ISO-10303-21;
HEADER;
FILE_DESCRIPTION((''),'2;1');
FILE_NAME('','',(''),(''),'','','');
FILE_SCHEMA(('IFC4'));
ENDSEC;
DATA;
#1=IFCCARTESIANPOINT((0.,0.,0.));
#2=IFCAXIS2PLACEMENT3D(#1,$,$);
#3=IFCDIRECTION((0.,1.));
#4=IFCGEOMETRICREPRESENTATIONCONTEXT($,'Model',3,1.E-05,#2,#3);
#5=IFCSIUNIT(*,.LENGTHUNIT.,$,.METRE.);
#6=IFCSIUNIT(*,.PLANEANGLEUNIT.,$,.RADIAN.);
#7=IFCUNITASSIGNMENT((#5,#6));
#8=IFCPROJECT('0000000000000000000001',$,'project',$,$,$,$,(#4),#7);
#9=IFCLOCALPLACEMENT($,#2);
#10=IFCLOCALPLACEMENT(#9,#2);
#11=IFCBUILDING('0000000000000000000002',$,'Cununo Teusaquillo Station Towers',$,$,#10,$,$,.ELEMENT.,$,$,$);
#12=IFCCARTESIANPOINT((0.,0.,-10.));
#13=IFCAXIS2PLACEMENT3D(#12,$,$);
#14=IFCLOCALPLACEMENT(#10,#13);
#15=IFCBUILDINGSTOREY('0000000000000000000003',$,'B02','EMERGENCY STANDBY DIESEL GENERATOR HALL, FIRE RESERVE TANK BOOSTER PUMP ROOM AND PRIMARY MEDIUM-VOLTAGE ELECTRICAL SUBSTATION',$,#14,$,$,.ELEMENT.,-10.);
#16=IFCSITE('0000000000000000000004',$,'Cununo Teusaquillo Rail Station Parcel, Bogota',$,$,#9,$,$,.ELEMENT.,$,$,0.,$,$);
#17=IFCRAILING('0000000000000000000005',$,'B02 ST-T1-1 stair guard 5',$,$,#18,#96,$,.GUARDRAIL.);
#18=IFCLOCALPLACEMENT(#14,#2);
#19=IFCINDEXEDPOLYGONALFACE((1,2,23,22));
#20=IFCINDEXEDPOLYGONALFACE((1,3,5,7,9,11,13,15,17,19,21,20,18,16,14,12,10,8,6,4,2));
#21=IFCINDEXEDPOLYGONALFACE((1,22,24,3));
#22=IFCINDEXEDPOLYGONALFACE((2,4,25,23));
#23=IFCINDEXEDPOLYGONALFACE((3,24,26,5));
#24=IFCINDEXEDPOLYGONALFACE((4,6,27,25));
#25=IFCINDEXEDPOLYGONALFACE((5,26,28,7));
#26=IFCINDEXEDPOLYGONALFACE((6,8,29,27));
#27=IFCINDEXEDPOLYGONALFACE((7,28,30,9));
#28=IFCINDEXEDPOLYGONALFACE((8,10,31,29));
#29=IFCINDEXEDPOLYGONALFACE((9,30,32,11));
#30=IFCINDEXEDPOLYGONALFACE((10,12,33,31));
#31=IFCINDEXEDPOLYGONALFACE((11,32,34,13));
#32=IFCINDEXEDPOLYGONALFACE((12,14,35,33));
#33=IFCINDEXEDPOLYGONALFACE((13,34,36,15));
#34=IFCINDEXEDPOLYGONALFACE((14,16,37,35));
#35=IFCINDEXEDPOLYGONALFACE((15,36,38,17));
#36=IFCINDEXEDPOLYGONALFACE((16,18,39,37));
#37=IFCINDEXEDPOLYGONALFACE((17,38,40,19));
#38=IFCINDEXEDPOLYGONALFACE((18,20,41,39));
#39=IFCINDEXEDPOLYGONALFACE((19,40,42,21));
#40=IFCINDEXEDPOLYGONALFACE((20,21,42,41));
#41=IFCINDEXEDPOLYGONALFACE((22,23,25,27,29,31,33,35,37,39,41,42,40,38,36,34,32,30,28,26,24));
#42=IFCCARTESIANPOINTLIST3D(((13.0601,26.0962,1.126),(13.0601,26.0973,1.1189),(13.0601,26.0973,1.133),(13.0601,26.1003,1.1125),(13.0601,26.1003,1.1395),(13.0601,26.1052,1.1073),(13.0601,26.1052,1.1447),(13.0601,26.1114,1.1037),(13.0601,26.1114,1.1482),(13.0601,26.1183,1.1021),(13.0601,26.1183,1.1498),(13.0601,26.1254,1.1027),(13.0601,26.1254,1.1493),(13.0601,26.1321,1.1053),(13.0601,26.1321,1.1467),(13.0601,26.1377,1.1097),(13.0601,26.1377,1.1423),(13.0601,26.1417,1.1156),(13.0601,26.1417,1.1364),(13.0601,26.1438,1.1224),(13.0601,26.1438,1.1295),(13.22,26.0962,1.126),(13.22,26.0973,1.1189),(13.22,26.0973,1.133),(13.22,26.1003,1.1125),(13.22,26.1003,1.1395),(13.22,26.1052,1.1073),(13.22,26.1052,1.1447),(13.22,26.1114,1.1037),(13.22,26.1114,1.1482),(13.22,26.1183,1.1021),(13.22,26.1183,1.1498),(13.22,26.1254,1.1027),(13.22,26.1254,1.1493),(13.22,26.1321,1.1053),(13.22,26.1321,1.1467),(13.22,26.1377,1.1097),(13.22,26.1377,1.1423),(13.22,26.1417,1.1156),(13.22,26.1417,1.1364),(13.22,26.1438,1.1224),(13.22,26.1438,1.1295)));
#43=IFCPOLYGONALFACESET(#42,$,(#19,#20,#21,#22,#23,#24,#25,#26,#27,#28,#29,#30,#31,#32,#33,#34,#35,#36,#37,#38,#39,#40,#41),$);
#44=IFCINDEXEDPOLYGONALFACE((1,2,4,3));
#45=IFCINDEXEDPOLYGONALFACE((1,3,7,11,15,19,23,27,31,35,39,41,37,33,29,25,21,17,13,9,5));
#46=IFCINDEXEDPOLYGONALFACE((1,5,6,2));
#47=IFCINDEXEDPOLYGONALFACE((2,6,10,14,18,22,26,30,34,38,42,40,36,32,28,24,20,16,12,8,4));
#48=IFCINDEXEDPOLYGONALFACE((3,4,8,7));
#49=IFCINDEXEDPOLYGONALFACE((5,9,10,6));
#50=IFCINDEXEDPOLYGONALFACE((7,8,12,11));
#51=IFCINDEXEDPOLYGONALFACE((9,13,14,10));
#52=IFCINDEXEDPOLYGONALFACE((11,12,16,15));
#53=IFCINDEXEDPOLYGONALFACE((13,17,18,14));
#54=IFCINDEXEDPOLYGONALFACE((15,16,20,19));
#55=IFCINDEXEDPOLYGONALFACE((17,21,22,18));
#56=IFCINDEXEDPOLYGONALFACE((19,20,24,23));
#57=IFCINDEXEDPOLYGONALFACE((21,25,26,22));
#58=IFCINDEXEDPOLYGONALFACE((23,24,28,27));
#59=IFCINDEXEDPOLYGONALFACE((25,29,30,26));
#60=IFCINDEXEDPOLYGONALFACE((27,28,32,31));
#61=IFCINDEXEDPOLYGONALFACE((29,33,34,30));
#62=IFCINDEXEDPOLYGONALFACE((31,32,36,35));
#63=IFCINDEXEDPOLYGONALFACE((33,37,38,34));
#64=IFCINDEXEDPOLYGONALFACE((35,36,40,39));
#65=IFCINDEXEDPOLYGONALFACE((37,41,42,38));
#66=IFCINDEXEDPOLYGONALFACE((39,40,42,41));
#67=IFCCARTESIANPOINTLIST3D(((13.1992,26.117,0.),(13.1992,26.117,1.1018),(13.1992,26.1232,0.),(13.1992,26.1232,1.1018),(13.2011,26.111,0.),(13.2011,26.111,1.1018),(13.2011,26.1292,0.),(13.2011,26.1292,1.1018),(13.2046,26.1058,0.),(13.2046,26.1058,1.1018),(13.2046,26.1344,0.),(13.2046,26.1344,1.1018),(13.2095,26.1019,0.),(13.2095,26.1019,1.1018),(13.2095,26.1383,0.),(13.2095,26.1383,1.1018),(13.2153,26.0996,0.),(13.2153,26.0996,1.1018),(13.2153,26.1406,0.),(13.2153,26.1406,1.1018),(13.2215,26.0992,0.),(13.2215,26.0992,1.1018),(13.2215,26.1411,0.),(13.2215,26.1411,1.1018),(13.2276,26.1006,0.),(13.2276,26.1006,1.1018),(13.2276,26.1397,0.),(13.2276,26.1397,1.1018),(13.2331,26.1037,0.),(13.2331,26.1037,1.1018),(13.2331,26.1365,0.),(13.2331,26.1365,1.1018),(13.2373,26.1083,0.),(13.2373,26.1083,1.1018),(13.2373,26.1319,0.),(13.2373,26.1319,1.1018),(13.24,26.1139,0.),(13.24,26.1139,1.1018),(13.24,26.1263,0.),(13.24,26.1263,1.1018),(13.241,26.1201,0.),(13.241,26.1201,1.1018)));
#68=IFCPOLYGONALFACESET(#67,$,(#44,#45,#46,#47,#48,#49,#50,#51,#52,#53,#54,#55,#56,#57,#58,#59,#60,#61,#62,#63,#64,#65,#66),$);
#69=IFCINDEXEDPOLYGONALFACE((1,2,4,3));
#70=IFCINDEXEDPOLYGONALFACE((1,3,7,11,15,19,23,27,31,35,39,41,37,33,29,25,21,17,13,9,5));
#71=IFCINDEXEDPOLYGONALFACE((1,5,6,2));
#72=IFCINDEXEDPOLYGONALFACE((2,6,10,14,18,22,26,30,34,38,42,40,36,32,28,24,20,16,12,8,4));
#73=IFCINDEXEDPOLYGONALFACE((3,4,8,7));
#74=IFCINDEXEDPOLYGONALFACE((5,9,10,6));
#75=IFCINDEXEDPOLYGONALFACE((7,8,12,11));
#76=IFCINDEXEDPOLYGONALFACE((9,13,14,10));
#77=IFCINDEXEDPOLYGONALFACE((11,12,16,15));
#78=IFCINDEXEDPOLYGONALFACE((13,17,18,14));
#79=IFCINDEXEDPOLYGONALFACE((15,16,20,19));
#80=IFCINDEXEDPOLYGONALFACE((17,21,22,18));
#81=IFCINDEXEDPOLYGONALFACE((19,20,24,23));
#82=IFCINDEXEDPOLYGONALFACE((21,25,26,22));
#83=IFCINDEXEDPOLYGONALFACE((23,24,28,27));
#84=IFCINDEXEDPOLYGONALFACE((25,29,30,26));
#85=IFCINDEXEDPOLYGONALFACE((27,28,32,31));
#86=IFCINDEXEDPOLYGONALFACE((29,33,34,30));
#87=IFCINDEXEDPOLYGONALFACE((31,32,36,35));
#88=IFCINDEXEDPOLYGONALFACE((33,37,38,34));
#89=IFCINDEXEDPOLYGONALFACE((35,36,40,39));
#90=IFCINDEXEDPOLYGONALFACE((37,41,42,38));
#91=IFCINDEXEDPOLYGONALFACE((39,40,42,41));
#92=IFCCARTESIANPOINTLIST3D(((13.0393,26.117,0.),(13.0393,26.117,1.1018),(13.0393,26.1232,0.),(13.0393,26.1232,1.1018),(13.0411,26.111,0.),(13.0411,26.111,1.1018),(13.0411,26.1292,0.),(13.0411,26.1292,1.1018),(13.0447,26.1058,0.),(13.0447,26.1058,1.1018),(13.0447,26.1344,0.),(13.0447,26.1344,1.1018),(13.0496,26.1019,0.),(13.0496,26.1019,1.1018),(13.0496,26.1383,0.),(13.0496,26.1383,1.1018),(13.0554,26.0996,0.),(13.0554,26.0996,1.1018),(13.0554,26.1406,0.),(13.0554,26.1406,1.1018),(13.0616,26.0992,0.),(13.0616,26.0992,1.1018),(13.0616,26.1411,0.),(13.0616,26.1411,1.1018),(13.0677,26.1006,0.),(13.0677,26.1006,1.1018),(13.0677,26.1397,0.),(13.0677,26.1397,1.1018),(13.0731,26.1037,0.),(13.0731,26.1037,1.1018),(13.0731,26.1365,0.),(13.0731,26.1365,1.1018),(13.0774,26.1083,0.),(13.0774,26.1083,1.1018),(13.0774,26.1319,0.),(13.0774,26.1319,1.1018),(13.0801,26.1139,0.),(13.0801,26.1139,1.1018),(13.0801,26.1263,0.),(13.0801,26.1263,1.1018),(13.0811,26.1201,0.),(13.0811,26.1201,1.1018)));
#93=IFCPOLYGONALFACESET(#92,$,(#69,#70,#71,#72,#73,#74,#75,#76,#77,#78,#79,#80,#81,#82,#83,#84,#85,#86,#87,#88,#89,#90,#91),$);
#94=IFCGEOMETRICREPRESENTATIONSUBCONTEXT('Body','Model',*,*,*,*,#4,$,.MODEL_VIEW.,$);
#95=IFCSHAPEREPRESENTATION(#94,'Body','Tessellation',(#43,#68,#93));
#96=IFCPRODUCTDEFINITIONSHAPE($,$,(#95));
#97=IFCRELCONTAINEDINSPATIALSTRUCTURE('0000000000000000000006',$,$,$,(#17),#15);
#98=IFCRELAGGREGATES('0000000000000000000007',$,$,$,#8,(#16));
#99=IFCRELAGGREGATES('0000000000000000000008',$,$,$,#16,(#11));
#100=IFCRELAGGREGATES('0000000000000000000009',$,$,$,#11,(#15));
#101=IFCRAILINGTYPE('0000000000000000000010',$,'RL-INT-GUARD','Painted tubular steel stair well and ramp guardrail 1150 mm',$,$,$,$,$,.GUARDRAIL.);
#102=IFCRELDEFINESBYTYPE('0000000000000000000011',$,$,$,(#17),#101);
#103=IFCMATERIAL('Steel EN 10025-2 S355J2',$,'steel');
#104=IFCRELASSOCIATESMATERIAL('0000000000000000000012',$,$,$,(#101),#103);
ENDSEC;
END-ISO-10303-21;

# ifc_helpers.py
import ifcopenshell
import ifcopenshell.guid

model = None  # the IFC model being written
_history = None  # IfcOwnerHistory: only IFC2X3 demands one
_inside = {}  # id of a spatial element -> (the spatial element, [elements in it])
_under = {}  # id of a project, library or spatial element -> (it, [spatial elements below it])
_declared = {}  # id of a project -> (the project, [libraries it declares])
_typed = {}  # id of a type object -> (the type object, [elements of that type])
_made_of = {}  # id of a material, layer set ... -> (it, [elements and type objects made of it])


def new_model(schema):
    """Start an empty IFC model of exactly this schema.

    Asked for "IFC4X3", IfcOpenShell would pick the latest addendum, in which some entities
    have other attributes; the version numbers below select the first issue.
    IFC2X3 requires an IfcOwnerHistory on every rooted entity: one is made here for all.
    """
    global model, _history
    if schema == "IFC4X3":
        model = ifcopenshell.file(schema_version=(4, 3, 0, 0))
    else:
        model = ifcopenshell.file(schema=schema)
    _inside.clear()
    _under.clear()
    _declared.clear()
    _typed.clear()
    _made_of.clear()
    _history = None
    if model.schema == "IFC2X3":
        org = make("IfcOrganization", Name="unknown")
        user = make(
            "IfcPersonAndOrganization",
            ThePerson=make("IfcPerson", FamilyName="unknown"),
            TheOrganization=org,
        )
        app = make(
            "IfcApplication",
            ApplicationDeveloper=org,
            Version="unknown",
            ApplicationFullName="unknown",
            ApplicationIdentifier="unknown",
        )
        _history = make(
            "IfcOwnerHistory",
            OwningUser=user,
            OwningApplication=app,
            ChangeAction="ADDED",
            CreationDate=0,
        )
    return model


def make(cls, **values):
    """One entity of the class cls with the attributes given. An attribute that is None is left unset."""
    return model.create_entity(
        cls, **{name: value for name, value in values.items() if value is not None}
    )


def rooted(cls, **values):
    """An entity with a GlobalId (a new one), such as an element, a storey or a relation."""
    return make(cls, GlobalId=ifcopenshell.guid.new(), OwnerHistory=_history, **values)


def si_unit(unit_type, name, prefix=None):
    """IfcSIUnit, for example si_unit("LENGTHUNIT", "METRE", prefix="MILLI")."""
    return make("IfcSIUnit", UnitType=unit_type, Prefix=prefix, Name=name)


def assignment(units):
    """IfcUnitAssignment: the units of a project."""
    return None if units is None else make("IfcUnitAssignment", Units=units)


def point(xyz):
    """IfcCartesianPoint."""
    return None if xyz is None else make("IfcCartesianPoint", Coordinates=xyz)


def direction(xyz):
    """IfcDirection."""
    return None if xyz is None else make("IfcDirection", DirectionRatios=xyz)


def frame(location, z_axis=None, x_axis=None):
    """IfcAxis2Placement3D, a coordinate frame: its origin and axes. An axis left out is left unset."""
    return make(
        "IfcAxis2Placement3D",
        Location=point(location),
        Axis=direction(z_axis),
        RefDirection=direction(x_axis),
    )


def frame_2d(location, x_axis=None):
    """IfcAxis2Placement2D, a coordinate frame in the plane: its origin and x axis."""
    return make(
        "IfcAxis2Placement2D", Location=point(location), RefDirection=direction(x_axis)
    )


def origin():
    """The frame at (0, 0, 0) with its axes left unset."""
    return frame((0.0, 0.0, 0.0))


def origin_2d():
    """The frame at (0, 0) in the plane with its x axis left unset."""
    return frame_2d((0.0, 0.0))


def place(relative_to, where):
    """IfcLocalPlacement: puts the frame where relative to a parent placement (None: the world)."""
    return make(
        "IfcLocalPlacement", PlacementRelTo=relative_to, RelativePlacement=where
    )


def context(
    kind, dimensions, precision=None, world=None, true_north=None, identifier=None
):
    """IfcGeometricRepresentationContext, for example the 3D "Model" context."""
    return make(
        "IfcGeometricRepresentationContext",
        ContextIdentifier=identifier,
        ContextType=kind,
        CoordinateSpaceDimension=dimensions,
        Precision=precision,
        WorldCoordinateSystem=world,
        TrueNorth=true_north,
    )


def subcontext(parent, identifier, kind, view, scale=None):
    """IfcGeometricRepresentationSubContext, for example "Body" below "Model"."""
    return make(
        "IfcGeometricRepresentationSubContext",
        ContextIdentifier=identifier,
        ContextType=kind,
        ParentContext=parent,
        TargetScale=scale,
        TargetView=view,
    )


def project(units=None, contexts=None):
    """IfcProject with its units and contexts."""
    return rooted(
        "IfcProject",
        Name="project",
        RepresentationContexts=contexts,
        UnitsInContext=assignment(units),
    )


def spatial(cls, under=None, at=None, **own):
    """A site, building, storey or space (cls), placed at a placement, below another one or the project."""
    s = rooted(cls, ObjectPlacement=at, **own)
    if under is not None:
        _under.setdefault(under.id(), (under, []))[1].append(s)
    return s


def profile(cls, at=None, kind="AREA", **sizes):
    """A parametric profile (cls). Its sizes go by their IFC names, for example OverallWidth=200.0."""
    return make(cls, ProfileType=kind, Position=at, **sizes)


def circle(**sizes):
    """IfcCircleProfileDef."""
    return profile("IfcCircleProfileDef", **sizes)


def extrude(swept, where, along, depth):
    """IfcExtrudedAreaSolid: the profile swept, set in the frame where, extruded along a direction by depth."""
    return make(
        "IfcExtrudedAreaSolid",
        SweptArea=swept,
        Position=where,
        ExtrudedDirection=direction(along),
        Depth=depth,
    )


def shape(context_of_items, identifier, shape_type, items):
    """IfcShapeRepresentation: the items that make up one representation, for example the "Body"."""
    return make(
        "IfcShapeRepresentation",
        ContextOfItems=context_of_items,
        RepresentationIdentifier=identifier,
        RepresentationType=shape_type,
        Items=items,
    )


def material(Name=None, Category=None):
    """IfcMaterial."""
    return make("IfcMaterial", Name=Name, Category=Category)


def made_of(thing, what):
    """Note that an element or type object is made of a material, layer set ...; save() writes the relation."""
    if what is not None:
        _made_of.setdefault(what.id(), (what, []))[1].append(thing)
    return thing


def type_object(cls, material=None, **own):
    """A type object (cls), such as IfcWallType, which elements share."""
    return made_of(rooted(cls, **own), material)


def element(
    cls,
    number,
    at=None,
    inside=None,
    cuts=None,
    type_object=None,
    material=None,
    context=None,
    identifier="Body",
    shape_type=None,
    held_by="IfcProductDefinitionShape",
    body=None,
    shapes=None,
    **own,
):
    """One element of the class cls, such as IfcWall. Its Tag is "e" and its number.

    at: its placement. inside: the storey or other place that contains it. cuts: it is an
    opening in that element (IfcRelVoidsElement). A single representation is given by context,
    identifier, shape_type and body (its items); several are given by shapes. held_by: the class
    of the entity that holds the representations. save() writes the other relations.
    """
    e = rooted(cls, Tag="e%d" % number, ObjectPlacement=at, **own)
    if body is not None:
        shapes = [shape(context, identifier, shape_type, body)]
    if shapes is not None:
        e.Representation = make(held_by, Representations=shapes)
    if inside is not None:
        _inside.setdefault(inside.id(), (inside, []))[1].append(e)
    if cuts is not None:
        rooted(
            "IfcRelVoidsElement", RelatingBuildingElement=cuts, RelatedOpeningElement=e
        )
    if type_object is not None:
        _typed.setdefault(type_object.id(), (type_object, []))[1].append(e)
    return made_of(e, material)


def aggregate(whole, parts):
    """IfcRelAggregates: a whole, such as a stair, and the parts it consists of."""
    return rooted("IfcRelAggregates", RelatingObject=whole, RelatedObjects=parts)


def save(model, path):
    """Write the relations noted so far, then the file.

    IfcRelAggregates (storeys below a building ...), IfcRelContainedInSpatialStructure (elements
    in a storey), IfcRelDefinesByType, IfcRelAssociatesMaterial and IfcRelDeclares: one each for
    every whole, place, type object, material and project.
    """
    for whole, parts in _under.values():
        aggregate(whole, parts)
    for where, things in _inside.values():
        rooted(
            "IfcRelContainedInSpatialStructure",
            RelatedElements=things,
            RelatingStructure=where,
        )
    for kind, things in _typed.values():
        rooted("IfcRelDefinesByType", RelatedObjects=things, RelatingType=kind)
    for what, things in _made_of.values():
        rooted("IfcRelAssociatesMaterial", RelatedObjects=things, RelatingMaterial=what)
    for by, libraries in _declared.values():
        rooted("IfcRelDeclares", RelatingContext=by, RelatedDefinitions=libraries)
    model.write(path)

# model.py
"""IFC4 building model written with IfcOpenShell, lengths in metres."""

from ifc_helpers import new_model, si_unit, direction, frame, origin, origin_2d, place, context, subcontext, project, spatial, circle, extrude, material, type_object, element, save


model = new_model("IFC4")

# Units and contexts
model_context = context("Model", 3, precision=1e-05, world=origin(), true_north=direction((0.0, 1.0)))
body_context = subcontext(model_context, "Body", "Model", "MODEL_VIEW")
ifc_project = project(units=[si_unit("LENGTHUNIT", "METRE"), si_unit("PLANEANGLEUNIT", "RADIAN")], contexts=[model_context])

# Site, building, storey
site_placement = place(None, origin())
site = spatial("IfcSite", under=ifc_project, at=site_placement, Name="Cununo Teusaquillo Rail Station Parcel, Bogota", CompositionType="ELEMENT", RefElevation=0.0)
building_placement = place(site_placement, origin())
building = spatial("IfcBuilding", under=site, at=building_placement, Name="Cununo Teusaquillo Station Towers", CompositionType="ELEMENT")
storey_placement = place(building_placement, frame((0.0, 0.0, -10.0)))
storey = spatial("IfcBuildingStorey", under=building, at=storey_placement, Name="B02", Description="EMERGENCY STANDBY DIESEL GENERATOR HALL, FIRE RESERVE TANK BOOSTER PUMP ROOM AND PRIMARY MEDIUM-VOLTAGE ELECTRICAL SUBSTATION", CompositionType="ELEMENT", Elevation=-10.0)

# Railing
ifc_material_1 = material(Name="Steel EN 10025-2 S355J2", Category="steel")
railing_type_1 = type_object("IfcRailingType", Name="RL-INT-GUARD", Description="Painted tubular steel stair well and ramp guardrail 1150 mm", PredefinedType="GUARDRAIL", material=ifc_material_1)
railing_1_placement = place(storey_placement, frame((13.22, 26.1201, 0.0)))
element("IfcRailing", 1, at=railing_1_placement, inside=storey, type_object=railing_type_1, Name="B02 ST-T1-1 stair guard 5", PredefinedType="GUARDRAIL", context=body_context, shape_type="SweptSolid", body=[
    extrude(circle(Radius=0.0239, at=origin_2d()), frame((0.0, 0.0, 1.126), z_axis=(-1.0, 0.0, 0.0), x_axis=(0.0, -1.0, 0.0)), (0.0, 0.0, 1.0), 0.1599),
    extrude(circle(Radius=0.021, at=origin_2d()), origin(), (0.0, 0.0, 1.0), 1.1018),
    extrude(circle(Radius=0.021, at=origin_2d()), frame((-0.1599, 0.0, 0.0)), (0.0, 0.0, 1.0), 1.1018),
])

save(model, "model.ifc")
